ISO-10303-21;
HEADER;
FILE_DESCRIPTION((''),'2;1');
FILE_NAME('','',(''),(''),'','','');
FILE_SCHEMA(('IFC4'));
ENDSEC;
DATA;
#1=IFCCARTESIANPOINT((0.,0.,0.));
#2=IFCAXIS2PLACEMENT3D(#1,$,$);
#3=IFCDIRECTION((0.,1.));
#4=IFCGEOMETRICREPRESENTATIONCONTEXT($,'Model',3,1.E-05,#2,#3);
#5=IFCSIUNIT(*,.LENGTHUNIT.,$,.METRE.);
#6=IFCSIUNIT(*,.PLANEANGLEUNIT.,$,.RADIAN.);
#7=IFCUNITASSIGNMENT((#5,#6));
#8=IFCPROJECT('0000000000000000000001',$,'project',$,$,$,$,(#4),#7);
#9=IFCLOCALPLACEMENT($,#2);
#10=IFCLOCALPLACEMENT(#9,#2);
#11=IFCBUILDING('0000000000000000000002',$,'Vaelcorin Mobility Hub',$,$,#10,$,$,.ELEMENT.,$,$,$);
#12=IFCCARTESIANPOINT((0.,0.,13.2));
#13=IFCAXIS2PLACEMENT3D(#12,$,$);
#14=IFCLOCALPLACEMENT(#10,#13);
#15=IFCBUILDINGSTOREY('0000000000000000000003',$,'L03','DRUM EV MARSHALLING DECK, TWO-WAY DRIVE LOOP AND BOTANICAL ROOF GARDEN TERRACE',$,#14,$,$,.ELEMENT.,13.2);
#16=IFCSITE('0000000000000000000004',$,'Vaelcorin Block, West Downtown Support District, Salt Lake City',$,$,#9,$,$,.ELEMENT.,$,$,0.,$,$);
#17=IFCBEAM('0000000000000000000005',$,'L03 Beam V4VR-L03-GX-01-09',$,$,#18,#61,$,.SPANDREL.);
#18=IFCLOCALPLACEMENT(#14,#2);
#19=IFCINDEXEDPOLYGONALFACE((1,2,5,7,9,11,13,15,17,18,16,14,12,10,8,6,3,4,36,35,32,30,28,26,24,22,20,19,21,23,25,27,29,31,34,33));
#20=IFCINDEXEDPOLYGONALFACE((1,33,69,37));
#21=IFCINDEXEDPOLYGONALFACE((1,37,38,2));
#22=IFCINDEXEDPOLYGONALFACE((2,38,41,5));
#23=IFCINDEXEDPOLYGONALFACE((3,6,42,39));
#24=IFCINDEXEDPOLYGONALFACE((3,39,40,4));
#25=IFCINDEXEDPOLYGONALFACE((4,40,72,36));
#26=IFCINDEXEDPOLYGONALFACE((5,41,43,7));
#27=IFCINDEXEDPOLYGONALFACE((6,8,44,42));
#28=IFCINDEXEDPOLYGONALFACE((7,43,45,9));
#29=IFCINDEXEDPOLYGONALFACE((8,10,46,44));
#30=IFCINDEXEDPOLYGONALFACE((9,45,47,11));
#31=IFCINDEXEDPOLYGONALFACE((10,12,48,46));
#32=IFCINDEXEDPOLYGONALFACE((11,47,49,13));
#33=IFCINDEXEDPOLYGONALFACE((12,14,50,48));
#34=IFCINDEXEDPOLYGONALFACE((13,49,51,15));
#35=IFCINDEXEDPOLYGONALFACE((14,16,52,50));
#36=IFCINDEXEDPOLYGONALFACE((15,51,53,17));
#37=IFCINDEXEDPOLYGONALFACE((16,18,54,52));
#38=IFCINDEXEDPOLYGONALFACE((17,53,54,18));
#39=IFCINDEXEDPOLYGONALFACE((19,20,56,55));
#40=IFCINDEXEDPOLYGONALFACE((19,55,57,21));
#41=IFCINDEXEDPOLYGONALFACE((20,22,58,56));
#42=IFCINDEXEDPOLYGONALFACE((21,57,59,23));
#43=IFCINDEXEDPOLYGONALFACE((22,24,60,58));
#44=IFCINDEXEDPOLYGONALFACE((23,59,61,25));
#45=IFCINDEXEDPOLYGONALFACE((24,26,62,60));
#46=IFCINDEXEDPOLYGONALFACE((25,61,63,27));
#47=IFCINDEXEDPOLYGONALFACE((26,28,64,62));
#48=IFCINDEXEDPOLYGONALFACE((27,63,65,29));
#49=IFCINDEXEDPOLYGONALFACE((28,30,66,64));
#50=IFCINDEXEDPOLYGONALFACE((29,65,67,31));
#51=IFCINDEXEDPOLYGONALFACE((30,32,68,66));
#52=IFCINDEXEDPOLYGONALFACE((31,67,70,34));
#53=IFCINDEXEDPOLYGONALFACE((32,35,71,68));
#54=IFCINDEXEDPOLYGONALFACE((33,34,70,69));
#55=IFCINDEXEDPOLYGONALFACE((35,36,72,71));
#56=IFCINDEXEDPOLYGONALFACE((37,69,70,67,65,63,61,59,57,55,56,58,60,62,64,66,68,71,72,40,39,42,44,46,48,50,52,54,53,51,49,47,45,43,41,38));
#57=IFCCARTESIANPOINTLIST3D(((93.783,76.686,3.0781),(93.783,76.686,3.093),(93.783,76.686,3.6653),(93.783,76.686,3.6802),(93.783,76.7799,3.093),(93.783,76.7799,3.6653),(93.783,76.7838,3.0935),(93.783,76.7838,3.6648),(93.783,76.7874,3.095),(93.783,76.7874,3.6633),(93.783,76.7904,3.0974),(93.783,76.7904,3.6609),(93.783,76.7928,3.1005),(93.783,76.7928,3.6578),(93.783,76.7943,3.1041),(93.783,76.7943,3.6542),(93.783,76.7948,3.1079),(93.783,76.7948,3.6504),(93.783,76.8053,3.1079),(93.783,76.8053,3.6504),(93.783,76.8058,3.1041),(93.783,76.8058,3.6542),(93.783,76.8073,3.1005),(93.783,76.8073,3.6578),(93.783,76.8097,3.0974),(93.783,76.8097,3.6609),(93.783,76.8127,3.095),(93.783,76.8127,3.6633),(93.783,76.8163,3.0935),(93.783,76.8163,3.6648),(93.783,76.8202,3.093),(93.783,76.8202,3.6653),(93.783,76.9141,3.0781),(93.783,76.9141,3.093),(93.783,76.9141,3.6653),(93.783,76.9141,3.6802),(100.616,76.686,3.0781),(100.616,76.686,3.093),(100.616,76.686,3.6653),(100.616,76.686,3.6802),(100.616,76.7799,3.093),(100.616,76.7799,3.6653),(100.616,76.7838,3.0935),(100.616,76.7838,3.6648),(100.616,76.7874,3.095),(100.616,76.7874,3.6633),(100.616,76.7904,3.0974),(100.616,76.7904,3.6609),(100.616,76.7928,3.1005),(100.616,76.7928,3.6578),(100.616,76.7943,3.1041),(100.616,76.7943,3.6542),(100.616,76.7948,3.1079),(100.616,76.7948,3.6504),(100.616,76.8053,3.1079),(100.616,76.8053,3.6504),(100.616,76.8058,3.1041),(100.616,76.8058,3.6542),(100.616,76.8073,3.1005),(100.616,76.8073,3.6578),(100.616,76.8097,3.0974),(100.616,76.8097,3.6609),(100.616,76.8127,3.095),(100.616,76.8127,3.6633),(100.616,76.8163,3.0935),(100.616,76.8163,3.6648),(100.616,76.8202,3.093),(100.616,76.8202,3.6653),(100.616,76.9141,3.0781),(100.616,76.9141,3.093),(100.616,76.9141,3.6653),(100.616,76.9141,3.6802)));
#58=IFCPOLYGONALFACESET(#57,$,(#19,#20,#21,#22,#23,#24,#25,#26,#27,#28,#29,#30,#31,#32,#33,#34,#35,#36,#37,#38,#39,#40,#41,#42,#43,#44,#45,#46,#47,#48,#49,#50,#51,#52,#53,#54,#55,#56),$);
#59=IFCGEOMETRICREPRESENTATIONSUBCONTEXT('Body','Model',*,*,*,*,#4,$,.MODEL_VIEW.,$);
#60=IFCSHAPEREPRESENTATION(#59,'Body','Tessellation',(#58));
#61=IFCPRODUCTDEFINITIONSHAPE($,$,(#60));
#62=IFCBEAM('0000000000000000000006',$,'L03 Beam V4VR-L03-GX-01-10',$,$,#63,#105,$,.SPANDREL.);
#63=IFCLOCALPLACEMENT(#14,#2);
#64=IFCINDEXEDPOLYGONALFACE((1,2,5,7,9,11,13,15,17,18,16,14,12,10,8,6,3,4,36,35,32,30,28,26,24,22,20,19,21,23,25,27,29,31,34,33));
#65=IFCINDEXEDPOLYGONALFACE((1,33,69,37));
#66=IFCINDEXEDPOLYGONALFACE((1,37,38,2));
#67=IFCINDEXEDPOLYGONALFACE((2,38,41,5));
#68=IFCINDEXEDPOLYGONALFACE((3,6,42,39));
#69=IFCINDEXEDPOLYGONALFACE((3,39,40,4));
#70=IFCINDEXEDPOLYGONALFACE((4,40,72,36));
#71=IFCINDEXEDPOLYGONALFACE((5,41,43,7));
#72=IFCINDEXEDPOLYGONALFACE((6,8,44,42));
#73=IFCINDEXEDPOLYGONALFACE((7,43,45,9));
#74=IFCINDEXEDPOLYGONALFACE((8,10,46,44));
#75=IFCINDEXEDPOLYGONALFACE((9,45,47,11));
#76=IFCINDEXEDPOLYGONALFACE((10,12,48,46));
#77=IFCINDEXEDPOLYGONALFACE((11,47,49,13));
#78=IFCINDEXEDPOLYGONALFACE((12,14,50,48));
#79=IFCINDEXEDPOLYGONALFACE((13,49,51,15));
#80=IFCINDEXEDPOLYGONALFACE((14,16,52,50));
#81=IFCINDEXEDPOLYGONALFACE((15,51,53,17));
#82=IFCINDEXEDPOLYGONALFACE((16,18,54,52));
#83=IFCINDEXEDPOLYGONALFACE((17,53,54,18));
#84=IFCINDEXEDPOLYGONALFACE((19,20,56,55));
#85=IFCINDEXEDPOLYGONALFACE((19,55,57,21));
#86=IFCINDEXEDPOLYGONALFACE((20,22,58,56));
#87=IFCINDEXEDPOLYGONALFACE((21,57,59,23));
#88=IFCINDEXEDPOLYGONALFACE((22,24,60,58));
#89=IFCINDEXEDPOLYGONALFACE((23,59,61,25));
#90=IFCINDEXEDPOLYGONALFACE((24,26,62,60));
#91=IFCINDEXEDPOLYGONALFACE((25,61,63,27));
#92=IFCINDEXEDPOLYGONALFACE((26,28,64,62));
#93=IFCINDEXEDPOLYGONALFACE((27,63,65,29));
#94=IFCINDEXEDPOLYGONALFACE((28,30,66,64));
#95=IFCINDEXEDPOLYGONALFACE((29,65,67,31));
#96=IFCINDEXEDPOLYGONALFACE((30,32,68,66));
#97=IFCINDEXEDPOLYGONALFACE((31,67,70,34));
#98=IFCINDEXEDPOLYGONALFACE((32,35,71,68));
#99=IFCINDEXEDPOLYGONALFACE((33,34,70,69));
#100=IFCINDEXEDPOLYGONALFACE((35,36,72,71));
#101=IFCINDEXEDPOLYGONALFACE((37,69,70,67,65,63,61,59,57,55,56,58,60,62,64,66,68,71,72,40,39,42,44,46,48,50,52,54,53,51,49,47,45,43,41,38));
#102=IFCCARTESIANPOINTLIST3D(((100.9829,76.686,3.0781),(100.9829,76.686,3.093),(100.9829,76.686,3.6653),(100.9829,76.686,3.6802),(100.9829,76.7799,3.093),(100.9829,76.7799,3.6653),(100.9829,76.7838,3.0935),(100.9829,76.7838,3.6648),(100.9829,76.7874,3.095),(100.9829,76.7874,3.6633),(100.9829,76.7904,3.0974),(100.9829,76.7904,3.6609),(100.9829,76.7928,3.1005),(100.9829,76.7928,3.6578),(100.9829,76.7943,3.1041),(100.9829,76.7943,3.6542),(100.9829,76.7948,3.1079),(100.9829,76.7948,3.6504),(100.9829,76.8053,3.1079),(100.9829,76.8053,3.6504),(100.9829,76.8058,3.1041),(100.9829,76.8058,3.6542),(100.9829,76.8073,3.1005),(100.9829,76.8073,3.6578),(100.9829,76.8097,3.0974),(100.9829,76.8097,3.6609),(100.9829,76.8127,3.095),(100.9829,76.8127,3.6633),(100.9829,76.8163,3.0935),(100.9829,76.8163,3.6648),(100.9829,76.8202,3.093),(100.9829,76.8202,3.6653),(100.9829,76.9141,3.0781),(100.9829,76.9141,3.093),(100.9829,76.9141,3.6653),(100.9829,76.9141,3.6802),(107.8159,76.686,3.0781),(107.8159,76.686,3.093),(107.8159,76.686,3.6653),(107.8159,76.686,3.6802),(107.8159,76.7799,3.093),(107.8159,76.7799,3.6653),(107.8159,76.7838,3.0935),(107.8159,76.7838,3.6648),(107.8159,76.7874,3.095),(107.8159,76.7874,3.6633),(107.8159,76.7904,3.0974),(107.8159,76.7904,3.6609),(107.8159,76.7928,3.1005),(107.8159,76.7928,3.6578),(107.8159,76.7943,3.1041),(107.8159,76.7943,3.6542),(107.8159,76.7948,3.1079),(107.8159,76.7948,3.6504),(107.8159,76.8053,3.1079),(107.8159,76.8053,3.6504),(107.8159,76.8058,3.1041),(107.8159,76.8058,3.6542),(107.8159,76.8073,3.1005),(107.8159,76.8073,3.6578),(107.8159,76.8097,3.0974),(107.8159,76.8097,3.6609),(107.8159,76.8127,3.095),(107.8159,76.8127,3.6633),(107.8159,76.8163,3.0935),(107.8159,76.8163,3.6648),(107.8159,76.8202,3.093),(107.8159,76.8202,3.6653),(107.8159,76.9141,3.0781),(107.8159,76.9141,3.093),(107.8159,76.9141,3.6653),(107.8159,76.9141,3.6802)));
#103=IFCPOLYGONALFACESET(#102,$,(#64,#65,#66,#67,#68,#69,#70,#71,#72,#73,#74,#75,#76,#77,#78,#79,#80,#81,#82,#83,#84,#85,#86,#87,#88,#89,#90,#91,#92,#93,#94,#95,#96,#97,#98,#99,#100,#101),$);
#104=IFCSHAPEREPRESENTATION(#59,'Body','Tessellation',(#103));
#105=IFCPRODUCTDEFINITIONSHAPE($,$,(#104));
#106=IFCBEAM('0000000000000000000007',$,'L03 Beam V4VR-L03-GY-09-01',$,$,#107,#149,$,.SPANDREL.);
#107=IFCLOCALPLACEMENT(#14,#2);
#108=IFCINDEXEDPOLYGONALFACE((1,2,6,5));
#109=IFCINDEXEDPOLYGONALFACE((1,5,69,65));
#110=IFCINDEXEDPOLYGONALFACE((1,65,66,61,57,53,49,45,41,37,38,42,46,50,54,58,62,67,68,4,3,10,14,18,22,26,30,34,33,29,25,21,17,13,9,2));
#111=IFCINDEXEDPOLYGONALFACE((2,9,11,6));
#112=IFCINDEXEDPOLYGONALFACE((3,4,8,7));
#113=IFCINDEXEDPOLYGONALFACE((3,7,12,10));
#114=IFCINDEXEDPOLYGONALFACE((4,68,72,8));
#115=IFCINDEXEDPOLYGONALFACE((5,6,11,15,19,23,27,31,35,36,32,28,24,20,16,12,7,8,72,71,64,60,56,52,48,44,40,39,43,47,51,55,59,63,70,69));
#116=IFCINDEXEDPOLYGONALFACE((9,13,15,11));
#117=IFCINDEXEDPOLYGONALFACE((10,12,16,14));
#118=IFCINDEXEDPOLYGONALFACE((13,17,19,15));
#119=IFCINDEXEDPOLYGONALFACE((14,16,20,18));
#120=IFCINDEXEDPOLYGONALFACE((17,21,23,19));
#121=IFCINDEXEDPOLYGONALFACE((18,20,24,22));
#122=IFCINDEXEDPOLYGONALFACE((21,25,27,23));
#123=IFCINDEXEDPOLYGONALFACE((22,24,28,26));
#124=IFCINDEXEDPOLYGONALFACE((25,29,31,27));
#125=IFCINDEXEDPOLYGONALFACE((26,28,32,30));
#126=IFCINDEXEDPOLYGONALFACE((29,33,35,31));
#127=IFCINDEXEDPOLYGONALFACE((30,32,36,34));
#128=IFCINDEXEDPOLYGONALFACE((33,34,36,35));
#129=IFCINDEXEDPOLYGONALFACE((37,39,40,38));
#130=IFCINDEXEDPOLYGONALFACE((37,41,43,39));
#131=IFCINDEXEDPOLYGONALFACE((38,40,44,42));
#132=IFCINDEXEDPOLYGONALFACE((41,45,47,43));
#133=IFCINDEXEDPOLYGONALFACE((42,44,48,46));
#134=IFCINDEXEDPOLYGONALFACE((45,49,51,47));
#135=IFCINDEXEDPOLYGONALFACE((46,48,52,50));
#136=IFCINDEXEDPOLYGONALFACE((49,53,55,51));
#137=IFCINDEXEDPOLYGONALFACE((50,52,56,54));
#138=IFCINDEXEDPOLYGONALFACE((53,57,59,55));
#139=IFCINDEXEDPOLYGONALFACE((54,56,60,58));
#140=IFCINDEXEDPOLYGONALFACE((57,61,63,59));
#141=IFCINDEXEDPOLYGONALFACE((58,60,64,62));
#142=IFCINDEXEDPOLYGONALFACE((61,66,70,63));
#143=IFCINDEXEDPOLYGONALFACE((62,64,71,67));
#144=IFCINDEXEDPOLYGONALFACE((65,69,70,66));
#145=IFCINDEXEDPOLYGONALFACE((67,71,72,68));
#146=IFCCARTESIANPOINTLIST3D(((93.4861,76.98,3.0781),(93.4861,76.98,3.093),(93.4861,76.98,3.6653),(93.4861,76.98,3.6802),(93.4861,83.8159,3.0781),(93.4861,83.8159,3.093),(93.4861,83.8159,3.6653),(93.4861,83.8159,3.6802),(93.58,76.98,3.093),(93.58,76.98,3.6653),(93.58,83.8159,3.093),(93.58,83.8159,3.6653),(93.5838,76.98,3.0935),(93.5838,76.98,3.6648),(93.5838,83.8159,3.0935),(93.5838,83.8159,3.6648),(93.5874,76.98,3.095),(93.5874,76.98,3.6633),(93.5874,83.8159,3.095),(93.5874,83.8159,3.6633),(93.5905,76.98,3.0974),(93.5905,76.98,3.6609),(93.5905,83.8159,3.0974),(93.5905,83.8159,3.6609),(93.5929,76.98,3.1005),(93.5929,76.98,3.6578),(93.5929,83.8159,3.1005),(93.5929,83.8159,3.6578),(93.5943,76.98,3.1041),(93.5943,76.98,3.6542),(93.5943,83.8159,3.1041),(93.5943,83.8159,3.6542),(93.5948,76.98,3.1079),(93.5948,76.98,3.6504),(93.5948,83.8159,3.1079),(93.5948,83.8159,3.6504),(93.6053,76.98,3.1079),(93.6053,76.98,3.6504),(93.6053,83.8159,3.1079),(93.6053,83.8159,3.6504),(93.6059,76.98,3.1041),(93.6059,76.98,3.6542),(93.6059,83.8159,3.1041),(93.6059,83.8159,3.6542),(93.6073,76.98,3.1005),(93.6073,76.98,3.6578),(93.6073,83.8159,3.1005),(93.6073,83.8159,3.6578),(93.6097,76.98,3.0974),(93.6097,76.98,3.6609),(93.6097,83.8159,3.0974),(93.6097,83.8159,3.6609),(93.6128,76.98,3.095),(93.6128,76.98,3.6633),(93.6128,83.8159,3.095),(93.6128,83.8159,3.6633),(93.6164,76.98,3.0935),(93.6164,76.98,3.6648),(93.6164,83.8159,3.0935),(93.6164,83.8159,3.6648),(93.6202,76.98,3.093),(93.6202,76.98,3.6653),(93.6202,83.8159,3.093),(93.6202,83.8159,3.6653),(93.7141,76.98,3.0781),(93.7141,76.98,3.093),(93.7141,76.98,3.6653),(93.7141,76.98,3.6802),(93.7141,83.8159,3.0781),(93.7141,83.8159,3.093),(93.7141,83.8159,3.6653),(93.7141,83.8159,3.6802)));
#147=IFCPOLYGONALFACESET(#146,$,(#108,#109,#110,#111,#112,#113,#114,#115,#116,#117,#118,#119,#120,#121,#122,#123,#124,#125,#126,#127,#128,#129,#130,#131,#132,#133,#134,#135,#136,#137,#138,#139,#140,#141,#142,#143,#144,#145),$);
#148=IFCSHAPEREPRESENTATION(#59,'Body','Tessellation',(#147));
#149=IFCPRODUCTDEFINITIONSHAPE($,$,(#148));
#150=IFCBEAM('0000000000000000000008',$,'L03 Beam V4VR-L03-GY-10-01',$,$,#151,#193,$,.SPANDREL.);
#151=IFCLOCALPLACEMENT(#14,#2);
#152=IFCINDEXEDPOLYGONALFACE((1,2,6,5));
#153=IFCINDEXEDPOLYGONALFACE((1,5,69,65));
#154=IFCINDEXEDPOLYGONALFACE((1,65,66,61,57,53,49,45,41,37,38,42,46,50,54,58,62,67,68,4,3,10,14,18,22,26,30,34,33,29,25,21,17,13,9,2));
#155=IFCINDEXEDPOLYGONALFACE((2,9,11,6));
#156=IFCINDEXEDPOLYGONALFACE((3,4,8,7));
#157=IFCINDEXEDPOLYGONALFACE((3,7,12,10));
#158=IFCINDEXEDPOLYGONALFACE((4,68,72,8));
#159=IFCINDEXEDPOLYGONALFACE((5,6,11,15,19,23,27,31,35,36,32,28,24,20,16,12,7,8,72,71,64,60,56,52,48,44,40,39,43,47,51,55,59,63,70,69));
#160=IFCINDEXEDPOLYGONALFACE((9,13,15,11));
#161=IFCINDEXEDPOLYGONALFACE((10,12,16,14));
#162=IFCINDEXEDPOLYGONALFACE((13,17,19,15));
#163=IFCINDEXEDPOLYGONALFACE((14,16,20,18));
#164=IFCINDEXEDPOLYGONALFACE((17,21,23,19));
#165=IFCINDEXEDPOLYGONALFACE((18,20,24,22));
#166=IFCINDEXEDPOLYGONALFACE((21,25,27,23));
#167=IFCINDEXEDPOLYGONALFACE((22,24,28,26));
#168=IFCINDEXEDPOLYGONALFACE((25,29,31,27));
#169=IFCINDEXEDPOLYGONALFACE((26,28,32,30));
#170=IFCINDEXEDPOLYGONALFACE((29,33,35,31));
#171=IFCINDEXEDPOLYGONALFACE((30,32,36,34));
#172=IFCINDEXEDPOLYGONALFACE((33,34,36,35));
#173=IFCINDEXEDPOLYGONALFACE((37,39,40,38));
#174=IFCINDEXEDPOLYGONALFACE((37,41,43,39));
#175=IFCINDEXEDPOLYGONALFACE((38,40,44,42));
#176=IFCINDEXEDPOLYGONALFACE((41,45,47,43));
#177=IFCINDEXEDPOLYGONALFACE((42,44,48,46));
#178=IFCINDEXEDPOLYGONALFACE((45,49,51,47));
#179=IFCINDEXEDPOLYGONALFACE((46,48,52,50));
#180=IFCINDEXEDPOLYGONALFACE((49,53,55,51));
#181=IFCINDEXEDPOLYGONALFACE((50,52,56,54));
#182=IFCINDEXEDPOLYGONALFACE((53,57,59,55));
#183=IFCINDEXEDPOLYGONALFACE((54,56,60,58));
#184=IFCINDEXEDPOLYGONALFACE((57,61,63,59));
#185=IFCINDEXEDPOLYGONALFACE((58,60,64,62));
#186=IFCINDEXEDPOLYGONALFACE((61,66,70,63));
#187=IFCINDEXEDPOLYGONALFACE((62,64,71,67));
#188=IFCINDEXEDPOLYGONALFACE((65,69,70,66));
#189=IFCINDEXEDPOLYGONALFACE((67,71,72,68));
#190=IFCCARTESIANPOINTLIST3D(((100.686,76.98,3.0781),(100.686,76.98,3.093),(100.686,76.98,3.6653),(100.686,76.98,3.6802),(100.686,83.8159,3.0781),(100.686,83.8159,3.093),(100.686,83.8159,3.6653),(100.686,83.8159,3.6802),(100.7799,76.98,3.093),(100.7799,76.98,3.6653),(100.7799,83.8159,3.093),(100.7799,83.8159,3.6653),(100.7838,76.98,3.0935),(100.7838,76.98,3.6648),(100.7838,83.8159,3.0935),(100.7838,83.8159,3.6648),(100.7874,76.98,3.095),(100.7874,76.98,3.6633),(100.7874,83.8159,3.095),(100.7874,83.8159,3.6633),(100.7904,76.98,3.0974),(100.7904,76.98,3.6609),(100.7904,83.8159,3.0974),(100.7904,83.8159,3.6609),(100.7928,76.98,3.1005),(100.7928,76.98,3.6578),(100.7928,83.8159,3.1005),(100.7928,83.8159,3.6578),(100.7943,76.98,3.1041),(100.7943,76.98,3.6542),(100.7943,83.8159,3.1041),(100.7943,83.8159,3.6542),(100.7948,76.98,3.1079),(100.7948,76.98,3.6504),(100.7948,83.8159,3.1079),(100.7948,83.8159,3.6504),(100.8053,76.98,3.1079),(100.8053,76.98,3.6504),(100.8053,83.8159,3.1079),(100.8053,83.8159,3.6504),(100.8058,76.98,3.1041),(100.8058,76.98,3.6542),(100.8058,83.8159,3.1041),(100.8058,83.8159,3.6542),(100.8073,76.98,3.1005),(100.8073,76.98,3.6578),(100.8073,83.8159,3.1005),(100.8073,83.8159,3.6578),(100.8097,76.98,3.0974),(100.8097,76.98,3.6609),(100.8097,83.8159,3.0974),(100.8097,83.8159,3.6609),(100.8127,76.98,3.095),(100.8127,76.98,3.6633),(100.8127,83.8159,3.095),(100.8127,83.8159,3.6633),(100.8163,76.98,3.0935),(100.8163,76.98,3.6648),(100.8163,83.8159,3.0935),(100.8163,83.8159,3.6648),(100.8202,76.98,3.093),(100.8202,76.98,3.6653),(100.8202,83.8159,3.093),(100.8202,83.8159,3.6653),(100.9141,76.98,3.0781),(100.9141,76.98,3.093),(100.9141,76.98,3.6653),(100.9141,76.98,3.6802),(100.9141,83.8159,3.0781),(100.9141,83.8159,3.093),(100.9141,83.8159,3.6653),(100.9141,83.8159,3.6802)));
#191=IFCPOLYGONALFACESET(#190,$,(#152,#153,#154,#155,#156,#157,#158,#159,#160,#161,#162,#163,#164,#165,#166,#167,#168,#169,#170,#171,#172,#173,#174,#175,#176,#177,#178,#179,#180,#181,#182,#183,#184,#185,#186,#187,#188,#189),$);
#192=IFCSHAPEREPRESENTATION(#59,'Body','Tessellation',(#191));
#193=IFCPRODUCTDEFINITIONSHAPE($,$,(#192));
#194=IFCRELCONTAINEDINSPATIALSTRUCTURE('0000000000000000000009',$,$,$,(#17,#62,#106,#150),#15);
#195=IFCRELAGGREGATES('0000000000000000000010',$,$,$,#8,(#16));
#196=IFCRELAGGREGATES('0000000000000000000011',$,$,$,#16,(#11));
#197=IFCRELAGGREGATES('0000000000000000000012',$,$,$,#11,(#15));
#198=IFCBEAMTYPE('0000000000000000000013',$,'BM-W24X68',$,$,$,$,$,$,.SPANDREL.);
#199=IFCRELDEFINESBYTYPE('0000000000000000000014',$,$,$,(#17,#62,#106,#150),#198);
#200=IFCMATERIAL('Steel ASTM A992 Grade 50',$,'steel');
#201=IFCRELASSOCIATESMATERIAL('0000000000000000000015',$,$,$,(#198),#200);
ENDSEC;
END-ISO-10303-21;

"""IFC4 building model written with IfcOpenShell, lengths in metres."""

from ifc_helpers import new_model, si_unit, direction, frame, origin, origin_2d, place, context, subcontext, project, spatial, i_section, extrude, material, material_profile, profile_set, type_object, element, save


model = new_model("IFC4")

# Units and contexts
model_context = context("Model", 3, precision=1e-05, world=origin(), true_north=direction((0.0, 1.0)))
body_context = subcontext(model_context, "Body", "Model", "MODEL_VIEW")
ifc_project = project(units=[si_unit("LENGTHUNIT", "METRE"), si_unit("PLANEANGLEUNIT", "RADIAN")], contexts=[model_context])

# Site, building, storey
site_placement = place(None, origin())
site = spatial("IfcSite", under=ifc_project, at=site_placement, Name="Vaelcorin Block, West Downtown Support District, Salt Lake City", CompositionType="ELEMENT", RefElevation=0.0)
building_placement = place(site_placement, origin())
building = spatial("IfcBuilding", under=site, at=building_placement, Name="Vaelcorin Mobility Hub", CompositionType="ELEMENT")
storey_placement = place(building_placement, frame((0.0, 0.0, 13.2)))
storey = spatial("IfcBuildingStorey", under=building, at=storey_placement, Name="L03", Description="DRUM EV MARSHALLING DECK, TWO-WAY DRIVE LOOP AND BOTANICAL ROOF GARDEN TERRACE", CompositionType="ELEMENT", Elevation=13.2)

# Shared definitions
ifc_material_1 = material(Name="Steel ASTM A992 Grade 50", Category="steel")

# Beams
ifc_material_profile_1 = material_profile(ifc_material_1, i_section(OverallWidth=0.228, OverallDepth=0.6021, WebThickness=0.0105, FlangeThickness=0.0149, FilletRadius=0.0149, at=origin_2d()), Name="W24X68")
ifc_profile_set_1 = profile_set([ifc_material_profile_1], Name="Steel ASTM A992 Grade 50")
beam_type_1 = type_object("IfcBeamType", Name="BM-W24X68", PredefinedType="SPANDREL", material=ifc_profile_set_1)
for number, where, z_axis, x_axis, name in (
    (1, (93.783, 76.8, 3.3792), (1.0, 0.0, 0.0), (0.0, 1.0, 0.0), "L03 Beam V4VR-L03-GX-01-09"),
    (2, (100.9829, 76.8, 3.3792), (1.0, 0.0, 0.0), (0.0, 1.0, 0.0), "L03 Beam V4VR-L03-GX-01-10"),
):
    element("IfcBeam", number, at=place(storey_placement, frame(where, z_axis=z_axis, x_axis=x_axis)), inside=storey, type_object=beam_type_1, Name=name, PredefinedType="SPANDREL", context=body_context, shape_type="SweptSolid", body=[
        extrude(i_section(OverallWidth=0.228, OverallDepth=0.6021, WebThickness=0.0105, FlangeThickness=0.0149, FilletRadius=0.0149, at=origin_2d()), origin(), (0.0, 0.0, 1.0), 6.833),
    ])
for number, where, z_axis, x_axis, name in (
    (3, (93.6001, 76.98, 3.3792), (0.0, 1.0, 0.0), (-1.0, 0.0, 0.0), "L03 Beam V4VR-L03-GY-09-01"),
    (4, (100.8, 76.98, 3.3792), (0.0, 1.0, 0.0), (-1.0, 0.0, 0.0), "L03 Beam V4VR-L03-GY-10-01"),
):
    element("IfcBeam", number, at=place(storey_placement, frame(where, z_axis=z_axis, x_axis=x_axis)), inside=storey, type_object=beam_type_1, Name=name, PredefinedType="SPANDREL", context=body_context, shape_type="SweptSolid", body=[
        extrude(i_section(OverallWidth=0.228, OverallDepth=0.6021, WebThickness=0.0105, FlangeThickness=0.0149, FilletRadius=0.0149, at=origin_2d()), origin(), (0.0, 0.0, 1.0), 6.8359),
    ])

save(model, "model.ifc")
